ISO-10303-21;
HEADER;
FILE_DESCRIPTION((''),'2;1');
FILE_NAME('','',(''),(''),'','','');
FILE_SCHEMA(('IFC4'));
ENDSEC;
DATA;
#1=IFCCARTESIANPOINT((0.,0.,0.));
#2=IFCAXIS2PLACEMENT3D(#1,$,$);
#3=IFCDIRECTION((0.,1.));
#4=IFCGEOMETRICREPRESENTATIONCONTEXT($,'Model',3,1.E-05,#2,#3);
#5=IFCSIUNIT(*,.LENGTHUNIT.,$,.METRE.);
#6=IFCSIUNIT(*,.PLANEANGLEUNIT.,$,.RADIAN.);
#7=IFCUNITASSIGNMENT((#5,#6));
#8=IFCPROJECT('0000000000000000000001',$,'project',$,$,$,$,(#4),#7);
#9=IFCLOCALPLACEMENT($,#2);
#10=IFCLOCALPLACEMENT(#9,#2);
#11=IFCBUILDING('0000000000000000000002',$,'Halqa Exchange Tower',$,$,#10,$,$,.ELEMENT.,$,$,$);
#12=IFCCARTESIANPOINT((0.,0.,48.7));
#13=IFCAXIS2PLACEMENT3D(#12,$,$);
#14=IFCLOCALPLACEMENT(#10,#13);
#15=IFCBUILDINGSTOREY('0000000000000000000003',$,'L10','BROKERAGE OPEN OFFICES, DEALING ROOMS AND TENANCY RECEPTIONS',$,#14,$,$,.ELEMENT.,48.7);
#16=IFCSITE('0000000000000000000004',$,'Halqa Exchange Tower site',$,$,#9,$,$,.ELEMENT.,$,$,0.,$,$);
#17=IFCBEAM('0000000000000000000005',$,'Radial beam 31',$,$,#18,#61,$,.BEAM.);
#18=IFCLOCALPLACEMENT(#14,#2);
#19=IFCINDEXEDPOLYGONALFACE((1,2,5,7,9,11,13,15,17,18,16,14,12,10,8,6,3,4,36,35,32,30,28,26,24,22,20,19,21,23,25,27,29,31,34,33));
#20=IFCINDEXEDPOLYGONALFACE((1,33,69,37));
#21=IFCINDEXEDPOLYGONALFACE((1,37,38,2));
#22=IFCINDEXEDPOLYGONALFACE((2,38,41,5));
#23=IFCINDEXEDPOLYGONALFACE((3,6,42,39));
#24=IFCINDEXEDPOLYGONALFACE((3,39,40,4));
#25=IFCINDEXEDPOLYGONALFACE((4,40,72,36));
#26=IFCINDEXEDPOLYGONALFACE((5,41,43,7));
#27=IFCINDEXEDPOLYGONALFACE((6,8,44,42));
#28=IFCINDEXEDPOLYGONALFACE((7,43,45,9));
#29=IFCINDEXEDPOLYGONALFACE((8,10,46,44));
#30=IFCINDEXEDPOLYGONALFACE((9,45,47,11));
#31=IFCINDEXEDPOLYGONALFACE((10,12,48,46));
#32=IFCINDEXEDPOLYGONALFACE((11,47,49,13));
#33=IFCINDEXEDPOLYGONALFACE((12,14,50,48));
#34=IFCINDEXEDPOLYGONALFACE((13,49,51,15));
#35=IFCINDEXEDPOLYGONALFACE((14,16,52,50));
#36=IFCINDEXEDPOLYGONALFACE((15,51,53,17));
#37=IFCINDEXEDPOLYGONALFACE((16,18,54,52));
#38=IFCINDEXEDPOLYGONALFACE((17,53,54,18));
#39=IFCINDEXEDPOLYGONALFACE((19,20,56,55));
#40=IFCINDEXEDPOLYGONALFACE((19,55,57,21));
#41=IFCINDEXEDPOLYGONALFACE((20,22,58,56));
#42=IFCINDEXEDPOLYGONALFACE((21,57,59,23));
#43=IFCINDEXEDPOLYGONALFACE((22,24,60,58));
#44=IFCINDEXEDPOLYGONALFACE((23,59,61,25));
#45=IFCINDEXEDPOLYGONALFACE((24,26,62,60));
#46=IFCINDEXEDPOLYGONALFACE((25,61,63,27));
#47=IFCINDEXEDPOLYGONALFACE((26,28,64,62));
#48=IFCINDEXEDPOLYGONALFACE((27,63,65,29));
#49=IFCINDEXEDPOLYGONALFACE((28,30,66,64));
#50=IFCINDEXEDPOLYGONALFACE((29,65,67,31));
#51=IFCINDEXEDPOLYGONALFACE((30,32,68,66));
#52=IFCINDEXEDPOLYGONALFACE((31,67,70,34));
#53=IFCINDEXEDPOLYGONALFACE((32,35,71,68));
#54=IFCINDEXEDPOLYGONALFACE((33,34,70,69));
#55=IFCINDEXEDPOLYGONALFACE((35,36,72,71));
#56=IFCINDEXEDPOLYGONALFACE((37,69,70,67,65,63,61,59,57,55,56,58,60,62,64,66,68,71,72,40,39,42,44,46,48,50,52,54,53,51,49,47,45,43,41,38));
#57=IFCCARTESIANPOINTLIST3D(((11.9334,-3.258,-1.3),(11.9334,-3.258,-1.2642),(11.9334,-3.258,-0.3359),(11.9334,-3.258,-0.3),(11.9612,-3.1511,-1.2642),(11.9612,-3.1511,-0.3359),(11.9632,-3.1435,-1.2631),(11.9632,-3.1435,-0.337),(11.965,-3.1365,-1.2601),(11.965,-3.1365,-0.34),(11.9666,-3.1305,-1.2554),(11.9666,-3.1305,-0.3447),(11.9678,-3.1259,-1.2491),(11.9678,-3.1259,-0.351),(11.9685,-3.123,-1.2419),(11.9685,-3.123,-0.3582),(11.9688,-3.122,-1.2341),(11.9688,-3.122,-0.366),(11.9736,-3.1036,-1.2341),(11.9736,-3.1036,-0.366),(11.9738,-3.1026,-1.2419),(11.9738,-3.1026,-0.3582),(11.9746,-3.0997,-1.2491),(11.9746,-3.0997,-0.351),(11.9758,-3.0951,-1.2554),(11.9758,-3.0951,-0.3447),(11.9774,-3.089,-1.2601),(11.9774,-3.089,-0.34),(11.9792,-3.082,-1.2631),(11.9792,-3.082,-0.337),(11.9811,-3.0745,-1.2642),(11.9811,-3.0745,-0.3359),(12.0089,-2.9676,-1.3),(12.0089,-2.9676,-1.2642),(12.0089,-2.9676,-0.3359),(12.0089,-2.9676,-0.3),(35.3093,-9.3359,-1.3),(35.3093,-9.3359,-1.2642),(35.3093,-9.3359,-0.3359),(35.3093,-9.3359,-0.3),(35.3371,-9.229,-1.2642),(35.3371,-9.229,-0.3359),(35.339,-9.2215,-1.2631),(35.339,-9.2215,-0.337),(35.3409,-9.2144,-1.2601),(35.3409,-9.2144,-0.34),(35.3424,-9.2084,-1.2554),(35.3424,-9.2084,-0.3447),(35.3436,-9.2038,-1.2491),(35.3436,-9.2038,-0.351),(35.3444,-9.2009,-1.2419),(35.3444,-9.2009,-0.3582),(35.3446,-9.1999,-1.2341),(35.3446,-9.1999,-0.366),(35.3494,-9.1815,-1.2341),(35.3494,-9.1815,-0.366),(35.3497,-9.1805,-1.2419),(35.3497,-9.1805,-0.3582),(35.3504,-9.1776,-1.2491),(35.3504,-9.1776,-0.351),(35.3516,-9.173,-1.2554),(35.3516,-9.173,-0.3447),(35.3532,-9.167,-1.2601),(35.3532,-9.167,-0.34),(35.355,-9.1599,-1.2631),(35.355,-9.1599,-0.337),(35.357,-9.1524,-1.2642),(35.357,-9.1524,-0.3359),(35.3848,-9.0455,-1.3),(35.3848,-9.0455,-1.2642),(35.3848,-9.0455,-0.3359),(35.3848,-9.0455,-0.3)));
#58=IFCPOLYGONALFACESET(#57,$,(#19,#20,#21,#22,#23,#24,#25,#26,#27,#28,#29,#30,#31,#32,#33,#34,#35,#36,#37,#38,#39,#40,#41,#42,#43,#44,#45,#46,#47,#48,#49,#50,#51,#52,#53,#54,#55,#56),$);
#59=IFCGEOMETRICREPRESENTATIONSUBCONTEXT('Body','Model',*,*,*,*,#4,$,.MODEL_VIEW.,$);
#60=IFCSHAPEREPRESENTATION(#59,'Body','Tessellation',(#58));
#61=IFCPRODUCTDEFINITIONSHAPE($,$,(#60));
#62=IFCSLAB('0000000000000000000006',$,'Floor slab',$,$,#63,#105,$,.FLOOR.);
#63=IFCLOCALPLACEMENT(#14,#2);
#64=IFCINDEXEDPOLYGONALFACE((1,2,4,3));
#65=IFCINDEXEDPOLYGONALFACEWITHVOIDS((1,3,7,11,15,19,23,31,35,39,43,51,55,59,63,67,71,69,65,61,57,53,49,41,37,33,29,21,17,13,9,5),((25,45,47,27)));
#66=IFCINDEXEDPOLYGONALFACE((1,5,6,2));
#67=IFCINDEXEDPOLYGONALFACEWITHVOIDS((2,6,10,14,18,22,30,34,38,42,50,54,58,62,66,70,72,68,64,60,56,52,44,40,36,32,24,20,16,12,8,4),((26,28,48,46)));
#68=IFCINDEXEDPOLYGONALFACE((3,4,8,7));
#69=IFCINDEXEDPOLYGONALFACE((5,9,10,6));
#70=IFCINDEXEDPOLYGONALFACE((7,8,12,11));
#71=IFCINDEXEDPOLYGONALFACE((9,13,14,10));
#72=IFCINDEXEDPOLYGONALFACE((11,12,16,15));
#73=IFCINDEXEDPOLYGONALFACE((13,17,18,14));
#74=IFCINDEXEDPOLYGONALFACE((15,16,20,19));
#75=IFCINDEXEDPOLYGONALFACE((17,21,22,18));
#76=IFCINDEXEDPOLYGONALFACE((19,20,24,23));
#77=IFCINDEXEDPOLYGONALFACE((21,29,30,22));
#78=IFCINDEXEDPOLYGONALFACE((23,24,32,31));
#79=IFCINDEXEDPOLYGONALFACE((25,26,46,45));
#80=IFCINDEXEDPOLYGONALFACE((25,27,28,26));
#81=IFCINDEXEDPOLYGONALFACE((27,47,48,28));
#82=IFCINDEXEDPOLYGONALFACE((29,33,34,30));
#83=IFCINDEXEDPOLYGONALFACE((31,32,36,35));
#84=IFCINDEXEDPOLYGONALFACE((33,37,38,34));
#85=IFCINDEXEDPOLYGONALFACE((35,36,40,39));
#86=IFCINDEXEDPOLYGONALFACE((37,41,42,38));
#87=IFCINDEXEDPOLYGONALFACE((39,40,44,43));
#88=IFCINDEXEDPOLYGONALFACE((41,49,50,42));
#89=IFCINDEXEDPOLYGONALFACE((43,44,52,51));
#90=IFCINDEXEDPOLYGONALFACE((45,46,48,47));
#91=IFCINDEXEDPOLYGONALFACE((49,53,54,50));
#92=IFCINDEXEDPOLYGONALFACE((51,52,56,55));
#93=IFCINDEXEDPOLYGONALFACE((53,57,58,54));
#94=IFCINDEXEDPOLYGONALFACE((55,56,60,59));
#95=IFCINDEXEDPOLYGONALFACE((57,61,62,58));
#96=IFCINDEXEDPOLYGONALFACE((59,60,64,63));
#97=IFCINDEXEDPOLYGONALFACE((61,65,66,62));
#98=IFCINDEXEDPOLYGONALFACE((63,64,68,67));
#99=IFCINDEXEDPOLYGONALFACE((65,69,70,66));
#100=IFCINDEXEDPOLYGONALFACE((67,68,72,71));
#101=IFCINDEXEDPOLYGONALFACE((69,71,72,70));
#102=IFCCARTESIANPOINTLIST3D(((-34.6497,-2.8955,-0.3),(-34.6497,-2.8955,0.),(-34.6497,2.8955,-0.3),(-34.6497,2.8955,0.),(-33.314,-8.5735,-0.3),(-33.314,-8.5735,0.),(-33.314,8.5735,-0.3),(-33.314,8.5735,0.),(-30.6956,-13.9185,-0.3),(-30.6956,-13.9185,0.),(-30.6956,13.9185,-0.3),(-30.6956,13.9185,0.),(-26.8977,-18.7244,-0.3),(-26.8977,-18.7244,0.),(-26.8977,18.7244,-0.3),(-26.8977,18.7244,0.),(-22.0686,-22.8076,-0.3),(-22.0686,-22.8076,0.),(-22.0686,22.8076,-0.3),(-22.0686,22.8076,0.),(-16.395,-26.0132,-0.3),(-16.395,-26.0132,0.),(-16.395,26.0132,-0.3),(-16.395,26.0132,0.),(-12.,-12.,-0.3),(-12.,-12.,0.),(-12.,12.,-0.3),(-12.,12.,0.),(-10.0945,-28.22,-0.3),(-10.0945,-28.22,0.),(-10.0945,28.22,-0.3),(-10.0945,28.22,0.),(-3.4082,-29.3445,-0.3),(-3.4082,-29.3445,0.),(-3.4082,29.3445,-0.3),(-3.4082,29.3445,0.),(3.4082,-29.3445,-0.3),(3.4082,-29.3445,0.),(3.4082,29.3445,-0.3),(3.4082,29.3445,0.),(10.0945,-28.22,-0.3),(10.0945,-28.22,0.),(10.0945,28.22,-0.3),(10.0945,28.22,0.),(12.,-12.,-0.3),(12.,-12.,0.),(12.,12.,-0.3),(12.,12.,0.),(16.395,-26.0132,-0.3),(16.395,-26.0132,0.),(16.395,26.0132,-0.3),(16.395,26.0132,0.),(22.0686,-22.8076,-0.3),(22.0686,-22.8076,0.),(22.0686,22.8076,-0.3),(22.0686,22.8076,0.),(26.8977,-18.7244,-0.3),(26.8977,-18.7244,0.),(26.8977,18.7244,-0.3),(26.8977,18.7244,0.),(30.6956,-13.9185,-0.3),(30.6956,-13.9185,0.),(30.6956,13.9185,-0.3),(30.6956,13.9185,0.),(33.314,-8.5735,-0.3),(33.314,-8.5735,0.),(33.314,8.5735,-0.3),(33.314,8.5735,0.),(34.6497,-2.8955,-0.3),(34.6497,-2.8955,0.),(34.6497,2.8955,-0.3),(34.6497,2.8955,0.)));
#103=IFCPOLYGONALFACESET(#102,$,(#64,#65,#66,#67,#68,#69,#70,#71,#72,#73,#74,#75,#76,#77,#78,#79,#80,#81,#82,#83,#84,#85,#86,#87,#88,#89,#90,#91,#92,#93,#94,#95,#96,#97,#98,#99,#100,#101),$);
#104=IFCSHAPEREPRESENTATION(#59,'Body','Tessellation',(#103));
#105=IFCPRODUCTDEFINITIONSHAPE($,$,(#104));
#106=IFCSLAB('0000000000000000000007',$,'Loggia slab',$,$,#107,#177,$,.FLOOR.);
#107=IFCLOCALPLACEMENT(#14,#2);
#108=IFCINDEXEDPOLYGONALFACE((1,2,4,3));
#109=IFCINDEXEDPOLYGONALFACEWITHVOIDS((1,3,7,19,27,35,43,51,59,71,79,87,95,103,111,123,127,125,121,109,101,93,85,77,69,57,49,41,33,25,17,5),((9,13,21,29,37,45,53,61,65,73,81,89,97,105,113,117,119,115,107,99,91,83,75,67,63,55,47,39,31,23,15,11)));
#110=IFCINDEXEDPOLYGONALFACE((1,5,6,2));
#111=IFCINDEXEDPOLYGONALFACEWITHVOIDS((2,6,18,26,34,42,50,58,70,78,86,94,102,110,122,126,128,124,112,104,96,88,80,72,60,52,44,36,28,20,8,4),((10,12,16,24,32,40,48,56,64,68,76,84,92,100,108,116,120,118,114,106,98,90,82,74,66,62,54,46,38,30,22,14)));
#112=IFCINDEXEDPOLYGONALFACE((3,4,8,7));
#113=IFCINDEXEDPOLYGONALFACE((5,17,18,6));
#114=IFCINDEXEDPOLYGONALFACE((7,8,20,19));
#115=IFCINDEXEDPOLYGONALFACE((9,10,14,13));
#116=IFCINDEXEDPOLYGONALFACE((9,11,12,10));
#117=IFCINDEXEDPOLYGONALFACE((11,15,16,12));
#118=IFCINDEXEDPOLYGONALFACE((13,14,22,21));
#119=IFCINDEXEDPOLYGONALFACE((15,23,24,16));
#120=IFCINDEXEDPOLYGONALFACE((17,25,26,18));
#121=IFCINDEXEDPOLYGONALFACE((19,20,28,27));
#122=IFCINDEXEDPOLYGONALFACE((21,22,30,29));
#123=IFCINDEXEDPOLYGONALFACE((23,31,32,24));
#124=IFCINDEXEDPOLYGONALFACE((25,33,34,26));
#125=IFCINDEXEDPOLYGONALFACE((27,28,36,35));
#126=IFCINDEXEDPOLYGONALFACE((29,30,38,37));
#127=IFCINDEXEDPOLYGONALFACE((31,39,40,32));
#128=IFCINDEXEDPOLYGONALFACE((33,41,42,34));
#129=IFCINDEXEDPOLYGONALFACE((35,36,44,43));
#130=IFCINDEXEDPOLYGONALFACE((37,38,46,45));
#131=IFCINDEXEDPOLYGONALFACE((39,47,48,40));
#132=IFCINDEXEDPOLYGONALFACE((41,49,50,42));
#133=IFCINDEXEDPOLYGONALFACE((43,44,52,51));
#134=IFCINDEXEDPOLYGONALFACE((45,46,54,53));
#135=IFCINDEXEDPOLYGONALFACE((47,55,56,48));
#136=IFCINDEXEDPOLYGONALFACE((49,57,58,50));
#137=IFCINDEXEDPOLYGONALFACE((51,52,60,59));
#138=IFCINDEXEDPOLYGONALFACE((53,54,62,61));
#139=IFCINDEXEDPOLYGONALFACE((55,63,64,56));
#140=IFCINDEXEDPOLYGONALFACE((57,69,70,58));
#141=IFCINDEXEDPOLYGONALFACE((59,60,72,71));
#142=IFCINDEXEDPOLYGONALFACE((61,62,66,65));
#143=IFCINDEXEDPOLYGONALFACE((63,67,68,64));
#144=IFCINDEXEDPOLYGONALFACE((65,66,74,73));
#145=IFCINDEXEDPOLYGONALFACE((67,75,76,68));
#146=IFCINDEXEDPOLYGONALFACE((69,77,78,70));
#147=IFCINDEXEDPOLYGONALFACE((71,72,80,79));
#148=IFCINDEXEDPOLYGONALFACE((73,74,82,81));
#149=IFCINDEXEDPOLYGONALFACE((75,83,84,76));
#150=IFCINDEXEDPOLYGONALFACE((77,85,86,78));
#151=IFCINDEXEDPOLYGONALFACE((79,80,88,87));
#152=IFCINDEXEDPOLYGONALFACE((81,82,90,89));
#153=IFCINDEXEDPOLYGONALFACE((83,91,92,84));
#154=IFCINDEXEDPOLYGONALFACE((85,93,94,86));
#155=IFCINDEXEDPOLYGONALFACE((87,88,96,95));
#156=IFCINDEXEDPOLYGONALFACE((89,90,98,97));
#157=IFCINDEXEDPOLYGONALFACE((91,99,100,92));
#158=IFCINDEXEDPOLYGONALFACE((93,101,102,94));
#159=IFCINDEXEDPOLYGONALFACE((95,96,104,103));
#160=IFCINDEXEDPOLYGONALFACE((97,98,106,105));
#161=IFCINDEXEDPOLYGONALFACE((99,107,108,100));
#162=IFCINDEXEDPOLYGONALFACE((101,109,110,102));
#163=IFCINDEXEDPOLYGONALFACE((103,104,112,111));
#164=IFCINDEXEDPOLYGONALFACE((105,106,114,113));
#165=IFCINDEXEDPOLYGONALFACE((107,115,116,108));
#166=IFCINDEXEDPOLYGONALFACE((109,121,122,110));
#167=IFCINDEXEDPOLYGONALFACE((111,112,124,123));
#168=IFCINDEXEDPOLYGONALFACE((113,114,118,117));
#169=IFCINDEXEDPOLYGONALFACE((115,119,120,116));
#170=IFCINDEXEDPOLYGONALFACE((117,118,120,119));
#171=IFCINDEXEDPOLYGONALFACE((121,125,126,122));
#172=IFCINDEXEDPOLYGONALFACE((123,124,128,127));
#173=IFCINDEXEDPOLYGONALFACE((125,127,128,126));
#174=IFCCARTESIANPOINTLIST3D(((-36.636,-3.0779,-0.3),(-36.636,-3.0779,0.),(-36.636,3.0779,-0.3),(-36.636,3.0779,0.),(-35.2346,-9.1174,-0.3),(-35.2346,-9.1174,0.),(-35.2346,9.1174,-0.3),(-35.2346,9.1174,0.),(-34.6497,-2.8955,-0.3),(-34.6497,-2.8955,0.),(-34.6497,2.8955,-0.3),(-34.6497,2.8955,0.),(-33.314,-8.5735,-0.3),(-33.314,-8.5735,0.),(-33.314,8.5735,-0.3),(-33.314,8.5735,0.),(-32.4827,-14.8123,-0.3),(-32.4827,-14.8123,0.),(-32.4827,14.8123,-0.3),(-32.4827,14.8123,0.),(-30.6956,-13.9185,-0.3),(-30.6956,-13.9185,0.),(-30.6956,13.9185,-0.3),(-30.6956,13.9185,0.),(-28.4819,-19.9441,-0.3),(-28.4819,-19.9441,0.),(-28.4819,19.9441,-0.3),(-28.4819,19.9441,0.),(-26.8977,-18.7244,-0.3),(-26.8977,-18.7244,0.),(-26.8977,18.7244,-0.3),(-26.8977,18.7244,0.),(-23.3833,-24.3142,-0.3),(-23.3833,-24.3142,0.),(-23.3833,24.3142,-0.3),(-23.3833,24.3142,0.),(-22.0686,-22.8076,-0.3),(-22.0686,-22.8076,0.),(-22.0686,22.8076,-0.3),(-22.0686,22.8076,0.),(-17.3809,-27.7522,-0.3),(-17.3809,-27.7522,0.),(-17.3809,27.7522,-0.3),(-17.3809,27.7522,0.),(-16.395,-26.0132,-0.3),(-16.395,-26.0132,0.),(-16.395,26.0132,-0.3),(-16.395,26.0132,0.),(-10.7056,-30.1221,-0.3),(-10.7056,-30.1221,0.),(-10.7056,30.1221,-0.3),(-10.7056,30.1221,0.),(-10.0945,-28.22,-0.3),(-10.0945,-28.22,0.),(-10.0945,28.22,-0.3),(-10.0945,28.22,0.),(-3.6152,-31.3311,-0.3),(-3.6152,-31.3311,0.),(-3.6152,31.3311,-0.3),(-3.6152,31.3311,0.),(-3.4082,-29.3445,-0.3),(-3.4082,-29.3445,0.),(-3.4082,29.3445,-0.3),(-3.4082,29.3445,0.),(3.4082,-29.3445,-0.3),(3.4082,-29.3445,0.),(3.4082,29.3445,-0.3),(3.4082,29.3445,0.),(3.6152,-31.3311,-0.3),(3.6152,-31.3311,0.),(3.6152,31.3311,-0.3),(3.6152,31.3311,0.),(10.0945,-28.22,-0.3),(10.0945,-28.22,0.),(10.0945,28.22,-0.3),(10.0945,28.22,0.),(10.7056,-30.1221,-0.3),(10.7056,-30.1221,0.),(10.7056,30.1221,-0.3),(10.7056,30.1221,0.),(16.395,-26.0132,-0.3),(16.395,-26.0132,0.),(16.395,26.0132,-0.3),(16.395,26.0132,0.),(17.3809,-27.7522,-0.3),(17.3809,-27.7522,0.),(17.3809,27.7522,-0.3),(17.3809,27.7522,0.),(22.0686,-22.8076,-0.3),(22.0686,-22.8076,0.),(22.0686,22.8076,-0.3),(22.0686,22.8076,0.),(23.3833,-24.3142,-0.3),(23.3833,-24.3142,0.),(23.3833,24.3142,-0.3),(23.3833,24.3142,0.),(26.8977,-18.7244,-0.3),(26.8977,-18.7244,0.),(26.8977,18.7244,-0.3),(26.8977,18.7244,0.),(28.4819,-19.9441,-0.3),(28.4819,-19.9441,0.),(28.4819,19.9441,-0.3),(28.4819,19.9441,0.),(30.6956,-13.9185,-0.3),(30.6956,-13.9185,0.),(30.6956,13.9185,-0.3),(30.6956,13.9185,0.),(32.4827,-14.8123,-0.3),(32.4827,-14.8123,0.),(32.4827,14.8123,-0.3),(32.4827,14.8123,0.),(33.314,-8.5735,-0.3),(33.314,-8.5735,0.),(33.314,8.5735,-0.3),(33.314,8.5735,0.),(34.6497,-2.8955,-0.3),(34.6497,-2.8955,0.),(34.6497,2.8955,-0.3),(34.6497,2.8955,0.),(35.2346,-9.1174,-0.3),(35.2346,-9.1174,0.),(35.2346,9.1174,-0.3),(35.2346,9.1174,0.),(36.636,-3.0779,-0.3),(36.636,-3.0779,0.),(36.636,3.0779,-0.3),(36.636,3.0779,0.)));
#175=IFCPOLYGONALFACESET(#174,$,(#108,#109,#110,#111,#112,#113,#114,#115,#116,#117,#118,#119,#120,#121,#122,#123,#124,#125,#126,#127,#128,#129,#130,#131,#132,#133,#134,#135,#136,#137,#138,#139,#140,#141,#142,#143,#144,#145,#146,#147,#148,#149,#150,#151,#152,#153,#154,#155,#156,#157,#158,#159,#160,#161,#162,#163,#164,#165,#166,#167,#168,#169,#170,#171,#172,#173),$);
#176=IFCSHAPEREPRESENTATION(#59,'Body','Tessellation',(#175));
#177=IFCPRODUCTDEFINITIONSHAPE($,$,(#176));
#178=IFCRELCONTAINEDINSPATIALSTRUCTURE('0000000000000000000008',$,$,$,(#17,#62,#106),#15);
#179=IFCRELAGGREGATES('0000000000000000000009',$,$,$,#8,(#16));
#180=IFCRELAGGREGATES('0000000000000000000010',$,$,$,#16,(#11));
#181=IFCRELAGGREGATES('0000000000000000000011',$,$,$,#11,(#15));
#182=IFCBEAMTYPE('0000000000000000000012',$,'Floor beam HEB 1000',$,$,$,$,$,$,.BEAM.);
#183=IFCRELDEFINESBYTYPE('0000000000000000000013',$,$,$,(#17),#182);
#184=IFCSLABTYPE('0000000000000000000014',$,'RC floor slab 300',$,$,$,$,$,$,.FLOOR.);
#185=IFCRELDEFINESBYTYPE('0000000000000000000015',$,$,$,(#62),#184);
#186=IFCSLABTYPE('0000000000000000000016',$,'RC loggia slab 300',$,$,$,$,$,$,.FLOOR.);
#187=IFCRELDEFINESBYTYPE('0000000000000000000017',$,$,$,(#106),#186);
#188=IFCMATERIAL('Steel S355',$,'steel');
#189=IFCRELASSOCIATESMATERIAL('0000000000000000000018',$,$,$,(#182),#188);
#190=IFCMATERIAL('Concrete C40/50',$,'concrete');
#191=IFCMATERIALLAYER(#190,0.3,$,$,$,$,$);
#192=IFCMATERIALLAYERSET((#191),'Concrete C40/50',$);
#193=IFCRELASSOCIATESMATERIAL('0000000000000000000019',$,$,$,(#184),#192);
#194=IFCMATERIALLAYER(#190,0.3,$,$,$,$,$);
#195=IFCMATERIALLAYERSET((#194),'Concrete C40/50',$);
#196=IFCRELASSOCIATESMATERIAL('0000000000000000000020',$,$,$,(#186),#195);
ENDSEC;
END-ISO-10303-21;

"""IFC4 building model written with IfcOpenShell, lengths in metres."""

from ifc_helpers import new_model, si_unit, direction, frame, origin, origin_2d, place, context, subcontext, project, spatial, polyline, i_section, outline, extrude, material, layer, layer_set, material_profile, profile_set, type_object, element, save


model = new_model("IFC4")

# Units and contexts
model_context = context("Model", 3, precision=1e-05, world=origin(), true_north=direction((0.0, 1.0)))
body_context = subcontext(model_context, "Body", "Model", "MODEL_VIEW")
ifc_project = project(units=[si_unit("LENGTHUNIT", "METRE"), si_unit("PLANEANGLEUNIT", "RADIAN")], contexts=[model_context])

# Site, building, storey
site_placement = place(None, origin())
site = spatial("IfcSite", under=ifc_project, at=site_placement, Name="Halqa Exchange Tower site", CompositionType="ELEMENT", RefElevation=0.0)
building_placement = place(site_placement, origin())
building = spatial("IfcBuilding", under=site, at=building_placement, Name="Halqa Exchange Tower", CompositionType="ELEMENT")
storey_placement = place(building_placement, frame((0.0, 0.0, 48.7)))
storey = spatial("IfcBuildingStorey", under=building, at=storey_placement, Name="L10", Description="BROKERAGE OPEN OFFICES, DEALING ROOMS AND TENANCY RECEPTIONS", CompositionType="ELEMENT", Elevation=48.7)

# Beam
ifc_material_1 = material(Name="Steel S355", Category="steel")
ifc_material_profile = material_profile(ifc_material_1, i_section(OverallWidth=0.3, OverallDepth=1.0, WebThickness=0.019, FlangeThickness=0.0359, FilletRadius=0.03, at=origin_2d()), Name="HEB 1000")
ifc_profile_set = profile_set([ifc_material_profile], Name="Steel S355")
beam_type = type_object("IfcBeamType", Name="Floor beam HEB 1000", PredefinedType="BEAM", material=ifc_profile_set)
beam_placement = place(storey_placement, frame((11.9712, -3.1128, -0.8), z_axis=(0.967821, -0.251641, 0.0), x_axis=(0.251641, 0.967821, 0.0)))
element("IfcBeam", 1, at=beam_placement, inside=storey, type_object=beam_type, Name="Radial beam 31", PredefinedType="BEAM", context=body_context, shape_type="SweptSolid", body=[
    extrude(i_section(OverallWidth=0.3, OverallDepth=1.0, WebThickness=0.019, FlangeThickness=0.0359, FilletRadius=0.03, at=origin_2d()), origin(), (0.0, 0.0, 1.0), 24.1531),
])

# Slabs
ifc_material_2 = material(Name="Concrete C40/50", Category="concrete")
ifc_layer_1 = layer(ifc_material_2, 0.3)
ifc_layer_set_1 = layer_set([ifc_layer_1], Name="Concrete C40/50")
slab_type_1 = type_object("IfcSlabType", Name="RC floor slab 300", PredefinedType="FLOOR", material=ifc_layer_set_1)
slab_1_placement = place(storey_placement, frame((0.0, 0.0, -0.3)))
element("IfcSlab", 2, at=slab_1_placement, inside=storey, type_object=slab_type_1, Name="Floor slab", PredefinedType="FLOOR", context=body_context, shape_type="SweptSolid", body=[
    extrude(outline(polyline([(34.6497, 2.8955), (33.314, 8.5735), (30.6956, 13.9185), (26.8977, 18.7244), (22.0686, 22.8076), (16.395, 26.0132), (10.0945, 28.22), (3.4082, 29.3445), (-3.4082, 29.3445), (-10.0945, 28.22), (-16.395, 26.0132), (-22.0686, 22.8076), (-26.8977, 18.7244), (-30.6956, 13.9185), (-33.314, 8.5735), (-34.6497, 2.8955), (-34.6497, -2.8955), (-33.314, -8.5735), (-30.6956, -13.9185), (-26.8977, -18.7244), (-22.0686, -22.8076), (-16.395, -26.0132), (-10.0945, -28.22), (-3.4082, -29.3445), (3.4082, -29.3445), (10.0945, -28.22), (16.395, -26.0132), (22.0686, -22.8076), (26.8977, -18.7244), (30.6956, -13.9185), (33.314, -8.5735), (34.6497, -2.8955), (34.6497, 2.8955)]), holes=[polyline([(-12.0, -12.0), (12.0, -12.0), (12.0, 12.0), (-12.0, 12.0), (-12.0, -12.0)])]), origin(), (0.0, 0.0, 1.0), 0.3),
])
ifc_layer_2 = layer(ifc_material_2, 0.3)
ifc_layer_set_2 = layer_set([ifc_layer_2], Name="Concrete C40/50")
slab_type_2 = type_object("IfcSlabType", Name="RC loggia slab 300", PredefinedType="FLOOR", material=ifc_layer_set_2)
slab_2_placement = place(storey_placement, frame((0.0, 0.0, -0.3)))
element("IfcSlab", 3, at=slab_2_placement, inside=storey, type_object=slab_type_2, Name="Loggia slab", PredefinedType="FLOOR", context=body_context, shape_type="SweptSolid", body=[
    extrude(outline(polyline([(36.636, 3.0779), (36.636, -3.0779), (35.2346, -9.1174), (32.4827, -14.8123), (28.4819, -19.9441), (23.3833, -24.3142), (17.3809, -27.7522), (10.7056, -30.1221), (3.6152, -31.3311), (-3.6152, -31.3311), (-10.7056, -30.1221), (-17.3809, -27.7522), (-23.3833, -24.3142), (-28.4819, -19.9441), (-32.4827, -14.8123), (-35.2346, -9.1174), (-36.636, -3.0779), (-36.636, 3.0779), (-35.2346, 9.1174), (-32.4827, 14.8123), (-28.4819, 19.9441), (-23.3833, 24.3142), (-17.3809, 27.7522), (-10.7056, 30.1221), (-3.6152, 31.3311), (3.6152, 31.3311), (10.7056, 30.1221), (17.3809, 27.7522), (23.3833, 24.3142), (28.4819, 19.9441), (32.4827, 14.8123), (35.2346, 9.1174), (36.636, 3.0779)]), holes=[polyline([(34.6497, 2.8955), (33.314, 8.5735), (30.6956, 13.9185), (26.8977, 18.7244), (22.0686, 22.8076), (16.395, 26.0132), (10.0945, 28.22), (3.4082, 29.3445), (-3.4082, 29.3445), (-10.0945, 28.22), (-16.395, 26.0132), (-22.0686, 22.8076), (-26.8977, 18.7244), (-30.6956, 13.9185), (-33.314, 8.5735), (-34.6497, 2.8955), (-34.6497, -2.8955), (-33.314, -8.5735), (-30.6956, -13.9185), (-26.8977, -18.7244), (-22.0686, -22.8076), (-16.395, -26.0132), (-10.0945, -28.22), (-3.4082, -29.3445), (3.4082, -29.3445), (10.0945, -28.22), (16.395, -26.0132), (22.0686, -22.8076), (26.8977, -18.7244), (30.6956, -13.9185), (33.314, -8.5735), (34.6497, -2.8955), (34.6497, 2.8955)])]), origin(), (0.0, 0.0, 1.0), 0.3),
])

save(model, "model.ifc")
